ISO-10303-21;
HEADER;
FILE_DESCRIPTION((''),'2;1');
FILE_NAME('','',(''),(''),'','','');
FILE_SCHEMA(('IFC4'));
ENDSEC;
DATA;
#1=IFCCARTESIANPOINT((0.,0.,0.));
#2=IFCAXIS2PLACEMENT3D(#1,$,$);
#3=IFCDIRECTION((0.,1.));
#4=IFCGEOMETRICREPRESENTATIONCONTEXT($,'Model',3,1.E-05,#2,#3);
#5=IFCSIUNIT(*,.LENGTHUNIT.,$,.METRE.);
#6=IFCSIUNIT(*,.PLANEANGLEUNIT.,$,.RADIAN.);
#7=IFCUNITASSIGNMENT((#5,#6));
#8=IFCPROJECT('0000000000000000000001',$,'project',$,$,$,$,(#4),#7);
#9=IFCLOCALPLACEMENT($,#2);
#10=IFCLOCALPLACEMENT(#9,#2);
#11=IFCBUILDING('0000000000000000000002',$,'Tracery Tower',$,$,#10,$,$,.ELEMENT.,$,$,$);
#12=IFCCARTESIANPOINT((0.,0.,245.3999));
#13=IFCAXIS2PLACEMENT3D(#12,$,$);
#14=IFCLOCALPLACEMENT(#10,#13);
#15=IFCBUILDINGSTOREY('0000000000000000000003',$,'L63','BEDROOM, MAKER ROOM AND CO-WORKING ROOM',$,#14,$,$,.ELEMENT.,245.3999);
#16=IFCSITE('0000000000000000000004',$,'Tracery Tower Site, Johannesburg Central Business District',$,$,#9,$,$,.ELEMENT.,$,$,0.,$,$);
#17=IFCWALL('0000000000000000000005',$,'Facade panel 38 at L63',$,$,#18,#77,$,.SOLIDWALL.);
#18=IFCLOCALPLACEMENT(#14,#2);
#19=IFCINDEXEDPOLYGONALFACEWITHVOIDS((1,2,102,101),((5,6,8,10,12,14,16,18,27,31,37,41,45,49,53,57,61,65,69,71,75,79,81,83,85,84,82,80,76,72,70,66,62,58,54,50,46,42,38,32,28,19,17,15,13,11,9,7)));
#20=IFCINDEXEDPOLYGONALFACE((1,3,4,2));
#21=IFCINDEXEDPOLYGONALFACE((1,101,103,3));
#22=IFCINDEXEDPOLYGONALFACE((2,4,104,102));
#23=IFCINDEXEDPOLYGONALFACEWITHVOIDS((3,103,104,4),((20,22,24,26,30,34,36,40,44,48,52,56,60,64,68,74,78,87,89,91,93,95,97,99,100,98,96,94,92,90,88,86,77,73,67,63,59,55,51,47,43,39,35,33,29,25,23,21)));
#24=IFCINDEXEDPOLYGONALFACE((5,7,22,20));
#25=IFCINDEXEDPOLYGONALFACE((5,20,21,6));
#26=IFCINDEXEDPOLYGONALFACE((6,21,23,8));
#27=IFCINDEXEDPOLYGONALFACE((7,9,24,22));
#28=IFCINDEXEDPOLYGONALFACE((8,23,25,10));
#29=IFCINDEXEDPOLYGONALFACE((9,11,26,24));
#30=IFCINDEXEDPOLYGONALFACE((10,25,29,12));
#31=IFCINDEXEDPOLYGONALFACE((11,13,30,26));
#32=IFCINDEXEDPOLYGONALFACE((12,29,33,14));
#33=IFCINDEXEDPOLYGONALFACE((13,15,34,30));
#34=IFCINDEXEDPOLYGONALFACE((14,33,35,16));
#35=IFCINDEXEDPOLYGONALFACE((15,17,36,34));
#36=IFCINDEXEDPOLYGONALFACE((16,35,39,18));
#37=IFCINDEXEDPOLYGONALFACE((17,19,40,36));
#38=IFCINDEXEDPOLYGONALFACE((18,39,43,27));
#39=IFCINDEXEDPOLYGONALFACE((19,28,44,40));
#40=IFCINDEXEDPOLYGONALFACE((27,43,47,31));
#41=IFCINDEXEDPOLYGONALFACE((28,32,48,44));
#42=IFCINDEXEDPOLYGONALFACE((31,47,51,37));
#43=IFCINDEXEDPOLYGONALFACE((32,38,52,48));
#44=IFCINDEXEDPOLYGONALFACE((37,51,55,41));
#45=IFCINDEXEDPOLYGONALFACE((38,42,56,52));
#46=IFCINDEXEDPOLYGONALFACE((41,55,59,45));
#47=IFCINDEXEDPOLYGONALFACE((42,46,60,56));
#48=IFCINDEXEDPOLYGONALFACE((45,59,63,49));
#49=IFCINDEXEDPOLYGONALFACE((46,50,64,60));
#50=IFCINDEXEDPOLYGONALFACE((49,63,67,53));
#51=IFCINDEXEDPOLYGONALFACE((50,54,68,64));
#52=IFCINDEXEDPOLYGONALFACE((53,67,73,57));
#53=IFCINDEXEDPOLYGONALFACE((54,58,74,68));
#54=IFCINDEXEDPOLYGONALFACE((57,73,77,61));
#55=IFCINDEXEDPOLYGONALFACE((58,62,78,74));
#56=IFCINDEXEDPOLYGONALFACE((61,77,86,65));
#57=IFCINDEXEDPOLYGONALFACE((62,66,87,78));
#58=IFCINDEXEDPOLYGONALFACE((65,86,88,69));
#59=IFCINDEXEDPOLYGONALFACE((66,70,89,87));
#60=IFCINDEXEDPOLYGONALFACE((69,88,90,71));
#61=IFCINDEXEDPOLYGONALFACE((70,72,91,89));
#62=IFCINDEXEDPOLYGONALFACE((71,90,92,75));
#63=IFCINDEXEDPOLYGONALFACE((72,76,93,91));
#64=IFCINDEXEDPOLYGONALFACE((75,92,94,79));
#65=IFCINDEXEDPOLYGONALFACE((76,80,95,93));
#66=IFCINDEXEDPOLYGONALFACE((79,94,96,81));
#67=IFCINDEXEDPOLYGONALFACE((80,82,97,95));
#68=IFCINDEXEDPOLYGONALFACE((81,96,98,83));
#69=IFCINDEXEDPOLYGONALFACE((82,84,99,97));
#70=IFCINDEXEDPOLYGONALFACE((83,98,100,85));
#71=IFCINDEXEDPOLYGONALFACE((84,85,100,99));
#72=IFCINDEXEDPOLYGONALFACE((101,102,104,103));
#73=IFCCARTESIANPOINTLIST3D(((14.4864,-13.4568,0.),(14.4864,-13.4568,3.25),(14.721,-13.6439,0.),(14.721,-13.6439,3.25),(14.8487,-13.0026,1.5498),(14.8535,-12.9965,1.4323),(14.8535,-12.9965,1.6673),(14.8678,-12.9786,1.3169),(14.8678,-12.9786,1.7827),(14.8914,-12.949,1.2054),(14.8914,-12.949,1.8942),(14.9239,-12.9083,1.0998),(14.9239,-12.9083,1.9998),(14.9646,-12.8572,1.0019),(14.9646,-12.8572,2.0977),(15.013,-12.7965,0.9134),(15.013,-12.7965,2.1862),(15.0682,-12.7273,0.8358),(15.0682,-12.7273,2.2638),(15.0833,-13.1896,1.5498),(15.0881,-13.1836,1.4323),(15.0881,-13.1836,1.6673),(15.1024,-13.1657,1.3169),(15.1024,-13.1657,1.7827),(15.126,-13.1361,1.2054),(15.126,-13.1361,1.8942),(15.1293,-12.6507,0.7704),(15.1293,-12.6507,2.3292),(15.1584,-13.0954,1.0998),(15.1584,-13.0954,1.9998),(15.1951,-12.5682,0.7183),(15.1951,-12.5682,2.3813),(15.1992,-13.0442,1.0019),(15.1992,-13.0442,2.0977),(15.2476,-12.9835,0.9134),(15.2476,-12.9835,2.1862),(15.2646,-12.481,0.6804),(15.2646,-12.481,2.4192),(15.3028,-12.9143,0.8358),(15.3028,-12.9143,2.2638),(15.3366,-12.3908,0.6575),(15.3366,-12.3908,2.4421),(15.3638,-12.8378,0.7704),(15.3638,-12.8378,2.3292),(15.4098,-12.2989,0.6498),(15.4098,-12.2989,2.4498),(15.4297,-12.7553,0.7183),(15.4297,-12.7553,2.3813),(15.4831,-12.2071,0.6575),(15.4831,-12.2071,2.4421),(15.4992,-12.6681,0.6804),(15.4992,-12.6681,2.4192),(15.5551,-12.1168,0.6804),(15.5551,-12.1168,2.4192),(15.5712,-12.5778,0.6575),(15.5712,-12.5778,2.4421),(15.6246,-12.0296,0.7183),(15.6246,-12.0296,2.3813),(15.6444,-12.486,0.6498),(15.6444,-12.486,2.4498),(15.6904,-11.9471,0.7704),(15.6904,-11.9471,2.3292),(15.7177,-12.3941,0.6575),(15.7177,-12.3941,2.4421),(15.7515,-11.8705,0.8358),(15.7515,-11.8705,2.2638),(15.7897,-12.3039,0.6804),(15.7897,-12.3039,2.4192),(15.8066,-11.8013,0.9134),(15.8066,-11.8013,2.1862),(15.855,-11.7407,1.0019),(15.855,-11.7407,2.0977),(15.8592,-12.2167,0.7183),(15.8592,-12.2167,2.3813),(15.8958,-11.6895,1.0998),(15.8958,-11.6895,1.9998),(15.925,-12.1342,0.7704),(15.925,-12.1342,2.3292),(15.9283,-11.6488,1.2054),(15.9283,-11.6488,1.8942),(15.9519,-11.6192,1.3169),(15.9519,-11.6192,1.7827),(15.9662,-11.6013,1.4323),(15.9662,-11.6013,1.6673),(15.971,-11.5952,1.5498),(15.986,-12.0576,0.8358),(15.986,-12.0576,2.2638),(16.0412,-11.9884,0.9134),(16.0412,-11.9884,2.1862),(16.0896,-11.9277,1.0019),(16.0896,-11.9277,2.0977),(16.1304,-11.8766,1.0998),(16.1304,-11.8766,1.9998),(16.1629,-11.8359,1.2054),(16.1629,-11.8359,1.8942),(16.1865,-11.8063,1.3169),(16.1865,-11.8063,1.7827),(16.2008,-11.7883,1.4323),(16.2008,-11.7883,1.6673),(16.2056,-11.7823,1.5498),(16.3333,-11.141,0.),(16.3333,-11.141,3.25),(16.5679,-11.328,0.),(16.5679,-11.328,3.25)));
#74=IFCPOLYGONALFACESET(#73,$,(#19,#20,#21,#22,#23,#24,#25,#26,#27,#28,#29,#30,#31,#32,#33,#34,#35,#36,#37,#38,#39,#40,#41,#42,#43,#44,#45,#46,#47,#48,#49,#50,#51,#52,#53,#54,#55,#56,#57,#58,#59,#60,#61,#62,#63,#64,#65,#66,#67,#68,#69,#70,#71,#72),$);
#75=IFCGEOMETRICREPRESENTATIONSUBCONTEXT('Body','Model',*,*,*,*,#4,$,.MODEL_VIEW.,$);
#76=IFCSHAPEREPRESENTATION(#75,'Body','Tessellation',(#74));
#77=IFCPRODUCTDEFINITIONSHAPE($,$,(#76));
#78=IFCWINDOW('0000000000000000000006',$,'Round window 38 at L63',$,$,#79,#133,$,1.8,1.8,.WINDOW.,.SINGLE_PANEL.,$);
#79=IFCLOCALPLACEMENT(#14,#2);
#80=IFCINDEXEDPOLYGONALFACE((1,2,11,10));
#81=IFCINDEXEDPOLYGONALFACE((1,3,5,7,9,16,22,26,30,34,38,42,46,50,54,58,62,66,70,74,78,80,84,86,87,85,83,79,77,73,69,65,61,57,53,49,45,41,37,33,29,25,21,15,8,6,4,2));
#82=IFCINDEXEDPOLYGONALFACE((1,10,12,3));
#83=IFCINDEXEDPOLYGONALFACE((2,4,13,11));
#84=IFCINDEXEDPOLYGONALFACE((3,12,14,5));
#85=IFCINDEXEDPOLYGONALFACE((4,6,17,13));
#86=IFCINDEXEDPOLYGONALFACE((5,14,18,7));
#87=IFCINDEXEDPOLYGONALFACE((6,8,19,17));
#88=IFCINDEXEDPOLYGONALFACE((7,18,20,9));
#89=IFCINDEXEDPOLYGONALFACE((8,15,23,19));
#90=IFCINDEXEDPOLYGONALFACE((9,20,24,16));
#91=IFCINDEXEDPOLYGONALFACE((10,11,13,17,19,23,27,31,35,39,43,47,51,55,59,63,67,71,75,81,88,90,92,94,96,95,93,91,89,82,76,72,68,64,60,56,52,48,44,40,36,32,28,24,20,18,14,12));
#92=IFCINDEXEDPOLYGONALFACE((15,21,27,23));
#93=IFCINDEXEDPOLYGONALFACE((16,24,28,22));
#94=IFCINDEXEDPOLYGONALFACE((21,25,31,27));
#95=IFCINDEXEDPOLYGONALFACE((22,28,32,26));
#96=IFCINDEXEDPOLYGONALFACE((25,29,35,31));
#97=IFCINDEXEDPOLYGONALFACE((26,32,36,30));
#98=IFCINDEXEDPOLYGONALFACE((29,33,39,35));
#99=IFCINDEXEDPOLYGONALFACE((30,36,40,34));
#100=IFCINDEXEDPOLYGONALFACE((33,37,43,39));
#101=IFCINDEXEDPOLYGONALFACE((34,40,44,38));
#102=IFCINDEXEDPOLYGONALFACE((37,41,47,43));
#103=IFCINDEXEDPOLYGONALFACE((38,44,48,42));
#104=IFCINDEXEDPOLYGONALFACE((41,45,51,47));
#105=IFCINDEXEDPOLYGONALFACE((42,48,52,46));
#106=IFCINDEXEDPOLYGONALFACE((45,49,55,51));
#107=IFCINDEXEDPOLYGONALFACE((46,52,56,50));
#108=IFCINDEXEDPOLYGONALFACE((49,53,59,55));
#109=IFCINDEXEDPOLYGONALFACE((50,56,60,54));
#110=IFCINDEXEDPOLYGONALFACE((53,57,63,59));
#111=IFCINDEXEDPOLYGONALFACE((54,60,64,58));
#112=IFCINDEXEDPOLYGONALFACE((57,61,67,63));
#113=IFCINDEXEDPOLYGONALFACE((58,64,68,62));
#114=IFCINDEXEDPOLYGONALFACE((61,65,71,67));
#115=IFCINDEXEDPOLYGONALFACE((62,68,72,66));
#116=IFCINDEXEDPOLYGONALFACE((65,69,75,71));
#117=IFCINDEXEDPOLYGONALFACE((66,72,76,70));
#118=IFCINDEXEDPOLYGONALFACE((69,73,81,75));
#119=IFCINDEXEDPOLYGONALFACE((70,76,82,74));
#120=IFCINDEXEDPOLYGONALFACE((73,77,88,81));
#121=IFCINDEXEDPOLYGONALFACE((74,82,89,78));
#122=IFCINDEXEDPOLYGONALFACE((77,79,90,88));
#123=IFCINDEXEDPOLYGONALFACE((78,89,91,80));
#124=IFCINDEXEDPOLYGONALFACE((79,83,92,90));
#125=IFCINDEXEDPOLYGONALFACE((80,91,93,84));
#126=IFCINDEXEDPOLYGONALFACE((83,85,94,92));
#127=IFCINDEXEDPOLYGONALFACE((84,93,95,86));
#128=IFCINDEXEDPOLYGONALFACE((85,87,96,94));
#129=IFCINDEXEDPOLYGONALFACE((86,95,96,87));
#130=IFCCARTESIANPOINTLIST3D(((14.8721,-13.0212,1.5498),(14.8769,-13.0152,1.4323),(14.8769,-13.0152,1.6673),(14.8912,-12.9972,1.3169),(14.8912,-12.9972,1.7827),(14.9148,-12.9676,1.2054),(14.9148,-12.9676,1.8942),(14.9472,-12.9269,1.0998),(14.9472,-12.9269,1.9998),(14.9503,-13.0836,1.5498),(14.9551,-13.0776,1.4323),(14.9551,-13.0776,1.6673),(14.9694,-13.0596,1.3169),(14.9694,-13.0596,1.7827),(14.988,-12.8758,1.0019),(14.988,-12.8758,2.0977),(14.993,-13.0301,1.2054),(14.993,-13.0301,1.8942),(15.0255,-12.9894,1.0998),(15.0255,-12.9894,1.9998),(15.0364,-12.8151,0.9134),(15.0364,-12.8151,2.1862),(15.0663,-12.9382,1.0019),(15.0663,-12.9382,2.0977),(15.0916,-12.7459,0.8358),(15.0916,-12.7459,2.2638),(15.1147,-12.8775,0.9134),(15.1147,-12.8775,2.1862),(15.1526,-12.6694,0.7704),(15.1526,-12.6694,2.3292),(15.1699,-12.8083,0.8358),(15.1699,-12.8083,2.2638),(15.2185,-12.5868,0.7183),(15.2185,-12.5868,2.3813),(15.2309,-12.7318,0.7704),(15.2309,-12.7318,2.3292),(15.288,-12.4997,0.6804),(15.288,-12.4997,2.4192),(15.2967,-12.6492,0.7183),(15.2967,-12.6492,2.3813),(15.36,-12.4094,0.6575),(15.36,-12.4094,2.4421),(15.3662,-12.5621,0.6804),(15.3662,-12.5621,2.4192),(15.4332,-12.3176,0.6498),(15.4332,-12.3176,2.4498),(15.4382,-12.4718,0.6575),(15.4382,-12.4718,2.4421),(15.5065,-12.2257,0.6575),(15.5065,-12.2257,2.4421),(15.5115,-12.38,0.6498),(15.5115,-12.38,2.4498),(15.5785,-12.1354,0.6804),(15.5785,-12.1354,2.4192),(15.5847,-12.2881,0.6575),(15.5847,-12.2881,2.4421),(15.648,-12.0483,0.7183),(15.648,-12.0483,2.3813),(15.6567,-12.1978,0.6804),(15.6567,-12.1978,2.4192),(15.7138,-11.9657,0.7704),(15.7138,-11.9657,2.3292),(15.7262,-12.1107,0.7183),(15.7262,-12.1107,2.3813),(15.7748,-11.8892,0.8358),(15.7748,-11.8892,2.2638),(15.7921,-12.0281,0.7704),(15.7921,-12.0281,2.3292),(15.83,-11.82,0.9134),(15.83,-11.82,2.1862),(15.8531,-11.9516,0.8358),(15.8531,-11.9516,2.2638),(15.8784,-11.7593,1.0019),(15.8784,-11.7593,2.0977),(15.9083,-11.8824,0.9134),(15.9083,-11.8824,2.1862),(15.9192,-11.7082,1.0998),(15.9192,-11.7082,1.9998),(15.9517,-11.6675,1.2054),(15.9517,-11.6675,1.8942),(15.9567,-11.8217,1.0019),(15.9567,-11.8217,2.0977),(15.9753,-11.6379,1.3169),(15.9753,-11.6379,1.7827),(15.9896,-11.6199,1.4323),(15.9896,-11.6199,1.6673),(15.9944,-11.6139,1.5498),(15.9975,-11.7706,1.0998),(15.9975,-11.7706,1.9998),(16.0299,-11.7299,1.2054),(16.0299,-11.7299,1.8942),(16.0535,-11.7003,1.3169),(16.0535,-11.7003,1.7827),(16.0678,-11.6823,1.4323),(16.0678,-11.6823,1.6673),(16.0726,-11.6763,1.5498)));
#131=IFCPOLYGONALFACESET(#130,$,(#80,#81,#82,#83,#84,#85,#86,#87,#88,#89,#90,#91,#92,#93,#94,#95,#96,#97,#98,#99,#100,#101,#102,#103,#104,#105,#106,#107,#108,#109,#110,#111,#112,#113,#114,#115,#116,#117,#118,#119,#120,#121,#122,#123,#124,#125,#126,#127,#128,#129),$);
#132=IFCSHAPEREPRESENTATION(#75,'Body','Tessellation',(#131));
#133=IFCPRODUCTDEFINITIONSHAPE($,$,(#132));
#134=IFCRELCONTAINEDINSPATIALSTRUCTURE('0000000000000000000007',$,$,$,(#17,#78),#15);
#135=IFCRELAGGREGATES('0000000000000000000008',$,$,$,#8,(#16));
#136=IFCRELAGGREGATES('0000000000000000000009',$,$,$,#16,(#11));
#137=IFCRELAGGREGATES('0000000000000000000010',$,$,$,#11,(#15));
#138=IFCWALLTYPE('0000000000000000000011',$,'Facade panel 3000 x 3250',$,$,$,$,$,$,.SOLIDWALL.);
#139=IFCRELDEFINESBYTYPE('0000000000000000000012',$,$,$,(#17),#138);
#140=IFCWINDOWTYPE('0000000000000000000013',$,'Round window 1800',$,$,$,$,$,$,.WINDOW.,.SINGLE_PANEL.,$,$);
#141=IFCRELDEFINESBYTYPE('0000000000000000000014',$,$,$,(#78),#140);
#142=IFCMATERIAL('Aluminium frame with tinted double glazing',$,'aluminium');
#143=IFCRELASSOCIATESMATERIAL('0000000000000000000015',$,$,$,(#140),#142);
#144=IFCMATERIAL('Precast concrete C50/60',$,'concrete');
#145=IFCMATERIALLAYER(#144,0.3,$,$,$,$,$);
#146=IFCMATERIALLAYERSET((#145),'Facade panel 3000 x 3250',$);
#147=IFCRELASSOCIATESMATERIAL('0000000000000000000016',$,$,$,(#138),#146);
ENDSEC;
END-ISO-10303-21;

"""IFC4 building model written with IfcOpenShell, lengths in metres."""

from ifc_helpers import new_model, si_unit, direction, frame, frame_2d, origin, origin_2d, place, context, subcontext, project, spatial, rectangle, circle, extrude, material, layer, layer_set, type_object, element, fill, save


model = new_model("IFC4")

# Units and contexts
model_context = context("Model", 3, precision=1e-05, world=origin(), true_north=direction((0.0, 1.0)))
body_context = subcontext(model_context, "Body", "Model", "MODEL_VIEW")
ifc_project = project(units=[si_unit("LENGTHUNIT", "METRE"), si_unit("PLANEANGLEUNIT", "RADIAN")], contexts=[model_context])

# Site, building, storey
site_placement = place(None, origin())
site = spatial("IfcSite", under=ifc_project, at=site_placement, Name="Tracery Tower Site, Johannesburg Central Business District", CompositionType="ELEMENT", RefElevation=0.0)
building_placement = place(site_placement, origin())
building = spatial("IfcBuilding", under=site, at=building_placement, Name="Tracery Tower", CompositionType="ELEMENT")
storey_placement = place(building_placement, frame((0.0, 0.0, 245.3999)))
storey = spatial("IfcBuildingStorey", under=building, at=storey_placement, Name="L63", Description="BEDROOM, MAKER ROOM AND CO-WORKING ROOM", CompositionType="ELEMENT", Elevation=245.3999)

# Wall, opening, window
ifc_material_1 = material(Name="Aluminium frame with tinted double glazing", Category="aluminium")
window_type = type_object("IfcWindowType", Name="Round window 1800", PartitioningType="SINGLE_PANEL", PredefinedType="WINDOW", material=ifc_material_1)
ifc_material_2 = material(Name="Precast concrete C50/60", Category="concrete")
ifc_layer_1 = layer(ifc_material_2, 0.3)
ifc_layer_set_1 = layer_set([ifc_layer_1], Name="Facade panel 3000 x 3250")
wall_type_1 = type_object("IfcWallType", Name="Facade panel 3000 x 3250", PredefinedType="SOLIDWALL", material=ifc_layer_set_1)
wall_1_placement = place(storey_placement, frame((14.6038, -13.5503, 0.0), z_axis=(0.0, 0.0, 1.0), x_axis=(0.623498, 0.781825, 0.0)))
wall_1 = element("IfcWall", 1, at=wall_1_placement, inside=storey, type_object=wall_type_1, Name="Facade panel 38 at L63", PredefinedType="SOLIDWALL", context=body_context, shape_type="SweptSolid", body=[
    extrude(rectangle(XDim=2.9622, YDim=0.3, at=frame_2d((1.481, 0.0))), origin(), (0.0, 0.0, 1.0), 3.25),
])
opening_1_placement = place(wall_1_placement, frame((1.481, 0.0, 1.5498)))
opening_1 = element("IfcOpeningElement", 2, at=opening_1_placement, cuts=wall_1, PredefinedType="OPENING", context=body_context, shape_type="SweptSolid", body=[
    extrude(circle(Radius=0.9, at=origin_2d()), frame((0.0, 0.1599, 0.0), z_axis=(0.0, -1.0, 0.0), x_axis=(1.0, 0.0, 0.0)), (0.0, 0.0, 1.0), 0.3201),
])
window_1_placement = place(opening_1_placement, origin())
window_1 = element("IfcWindow", 3, at=window_1_placement, inside=storey, type_object=window_type, Name="Round window 38 at L63", OverallHeight=1.8, OverallWidth=1.8, PartitioningType="SINGLE_PANEL", PredefinedType="WINDOW", context=body_context, shape_type="SweptSolid", body=[
    extrude(circle(Radius=0.9, at=origin_2d()), frame((0.0, 0.1201, 0.0), z_axis=(0.0, -1.0, 0.0), x_axis=(1.0, 0.0, 0.0)), (0.0, 0.0, 1.0), 0.1001),
])
fill(opening_1, window_1)

save(model, "model.ifc")
